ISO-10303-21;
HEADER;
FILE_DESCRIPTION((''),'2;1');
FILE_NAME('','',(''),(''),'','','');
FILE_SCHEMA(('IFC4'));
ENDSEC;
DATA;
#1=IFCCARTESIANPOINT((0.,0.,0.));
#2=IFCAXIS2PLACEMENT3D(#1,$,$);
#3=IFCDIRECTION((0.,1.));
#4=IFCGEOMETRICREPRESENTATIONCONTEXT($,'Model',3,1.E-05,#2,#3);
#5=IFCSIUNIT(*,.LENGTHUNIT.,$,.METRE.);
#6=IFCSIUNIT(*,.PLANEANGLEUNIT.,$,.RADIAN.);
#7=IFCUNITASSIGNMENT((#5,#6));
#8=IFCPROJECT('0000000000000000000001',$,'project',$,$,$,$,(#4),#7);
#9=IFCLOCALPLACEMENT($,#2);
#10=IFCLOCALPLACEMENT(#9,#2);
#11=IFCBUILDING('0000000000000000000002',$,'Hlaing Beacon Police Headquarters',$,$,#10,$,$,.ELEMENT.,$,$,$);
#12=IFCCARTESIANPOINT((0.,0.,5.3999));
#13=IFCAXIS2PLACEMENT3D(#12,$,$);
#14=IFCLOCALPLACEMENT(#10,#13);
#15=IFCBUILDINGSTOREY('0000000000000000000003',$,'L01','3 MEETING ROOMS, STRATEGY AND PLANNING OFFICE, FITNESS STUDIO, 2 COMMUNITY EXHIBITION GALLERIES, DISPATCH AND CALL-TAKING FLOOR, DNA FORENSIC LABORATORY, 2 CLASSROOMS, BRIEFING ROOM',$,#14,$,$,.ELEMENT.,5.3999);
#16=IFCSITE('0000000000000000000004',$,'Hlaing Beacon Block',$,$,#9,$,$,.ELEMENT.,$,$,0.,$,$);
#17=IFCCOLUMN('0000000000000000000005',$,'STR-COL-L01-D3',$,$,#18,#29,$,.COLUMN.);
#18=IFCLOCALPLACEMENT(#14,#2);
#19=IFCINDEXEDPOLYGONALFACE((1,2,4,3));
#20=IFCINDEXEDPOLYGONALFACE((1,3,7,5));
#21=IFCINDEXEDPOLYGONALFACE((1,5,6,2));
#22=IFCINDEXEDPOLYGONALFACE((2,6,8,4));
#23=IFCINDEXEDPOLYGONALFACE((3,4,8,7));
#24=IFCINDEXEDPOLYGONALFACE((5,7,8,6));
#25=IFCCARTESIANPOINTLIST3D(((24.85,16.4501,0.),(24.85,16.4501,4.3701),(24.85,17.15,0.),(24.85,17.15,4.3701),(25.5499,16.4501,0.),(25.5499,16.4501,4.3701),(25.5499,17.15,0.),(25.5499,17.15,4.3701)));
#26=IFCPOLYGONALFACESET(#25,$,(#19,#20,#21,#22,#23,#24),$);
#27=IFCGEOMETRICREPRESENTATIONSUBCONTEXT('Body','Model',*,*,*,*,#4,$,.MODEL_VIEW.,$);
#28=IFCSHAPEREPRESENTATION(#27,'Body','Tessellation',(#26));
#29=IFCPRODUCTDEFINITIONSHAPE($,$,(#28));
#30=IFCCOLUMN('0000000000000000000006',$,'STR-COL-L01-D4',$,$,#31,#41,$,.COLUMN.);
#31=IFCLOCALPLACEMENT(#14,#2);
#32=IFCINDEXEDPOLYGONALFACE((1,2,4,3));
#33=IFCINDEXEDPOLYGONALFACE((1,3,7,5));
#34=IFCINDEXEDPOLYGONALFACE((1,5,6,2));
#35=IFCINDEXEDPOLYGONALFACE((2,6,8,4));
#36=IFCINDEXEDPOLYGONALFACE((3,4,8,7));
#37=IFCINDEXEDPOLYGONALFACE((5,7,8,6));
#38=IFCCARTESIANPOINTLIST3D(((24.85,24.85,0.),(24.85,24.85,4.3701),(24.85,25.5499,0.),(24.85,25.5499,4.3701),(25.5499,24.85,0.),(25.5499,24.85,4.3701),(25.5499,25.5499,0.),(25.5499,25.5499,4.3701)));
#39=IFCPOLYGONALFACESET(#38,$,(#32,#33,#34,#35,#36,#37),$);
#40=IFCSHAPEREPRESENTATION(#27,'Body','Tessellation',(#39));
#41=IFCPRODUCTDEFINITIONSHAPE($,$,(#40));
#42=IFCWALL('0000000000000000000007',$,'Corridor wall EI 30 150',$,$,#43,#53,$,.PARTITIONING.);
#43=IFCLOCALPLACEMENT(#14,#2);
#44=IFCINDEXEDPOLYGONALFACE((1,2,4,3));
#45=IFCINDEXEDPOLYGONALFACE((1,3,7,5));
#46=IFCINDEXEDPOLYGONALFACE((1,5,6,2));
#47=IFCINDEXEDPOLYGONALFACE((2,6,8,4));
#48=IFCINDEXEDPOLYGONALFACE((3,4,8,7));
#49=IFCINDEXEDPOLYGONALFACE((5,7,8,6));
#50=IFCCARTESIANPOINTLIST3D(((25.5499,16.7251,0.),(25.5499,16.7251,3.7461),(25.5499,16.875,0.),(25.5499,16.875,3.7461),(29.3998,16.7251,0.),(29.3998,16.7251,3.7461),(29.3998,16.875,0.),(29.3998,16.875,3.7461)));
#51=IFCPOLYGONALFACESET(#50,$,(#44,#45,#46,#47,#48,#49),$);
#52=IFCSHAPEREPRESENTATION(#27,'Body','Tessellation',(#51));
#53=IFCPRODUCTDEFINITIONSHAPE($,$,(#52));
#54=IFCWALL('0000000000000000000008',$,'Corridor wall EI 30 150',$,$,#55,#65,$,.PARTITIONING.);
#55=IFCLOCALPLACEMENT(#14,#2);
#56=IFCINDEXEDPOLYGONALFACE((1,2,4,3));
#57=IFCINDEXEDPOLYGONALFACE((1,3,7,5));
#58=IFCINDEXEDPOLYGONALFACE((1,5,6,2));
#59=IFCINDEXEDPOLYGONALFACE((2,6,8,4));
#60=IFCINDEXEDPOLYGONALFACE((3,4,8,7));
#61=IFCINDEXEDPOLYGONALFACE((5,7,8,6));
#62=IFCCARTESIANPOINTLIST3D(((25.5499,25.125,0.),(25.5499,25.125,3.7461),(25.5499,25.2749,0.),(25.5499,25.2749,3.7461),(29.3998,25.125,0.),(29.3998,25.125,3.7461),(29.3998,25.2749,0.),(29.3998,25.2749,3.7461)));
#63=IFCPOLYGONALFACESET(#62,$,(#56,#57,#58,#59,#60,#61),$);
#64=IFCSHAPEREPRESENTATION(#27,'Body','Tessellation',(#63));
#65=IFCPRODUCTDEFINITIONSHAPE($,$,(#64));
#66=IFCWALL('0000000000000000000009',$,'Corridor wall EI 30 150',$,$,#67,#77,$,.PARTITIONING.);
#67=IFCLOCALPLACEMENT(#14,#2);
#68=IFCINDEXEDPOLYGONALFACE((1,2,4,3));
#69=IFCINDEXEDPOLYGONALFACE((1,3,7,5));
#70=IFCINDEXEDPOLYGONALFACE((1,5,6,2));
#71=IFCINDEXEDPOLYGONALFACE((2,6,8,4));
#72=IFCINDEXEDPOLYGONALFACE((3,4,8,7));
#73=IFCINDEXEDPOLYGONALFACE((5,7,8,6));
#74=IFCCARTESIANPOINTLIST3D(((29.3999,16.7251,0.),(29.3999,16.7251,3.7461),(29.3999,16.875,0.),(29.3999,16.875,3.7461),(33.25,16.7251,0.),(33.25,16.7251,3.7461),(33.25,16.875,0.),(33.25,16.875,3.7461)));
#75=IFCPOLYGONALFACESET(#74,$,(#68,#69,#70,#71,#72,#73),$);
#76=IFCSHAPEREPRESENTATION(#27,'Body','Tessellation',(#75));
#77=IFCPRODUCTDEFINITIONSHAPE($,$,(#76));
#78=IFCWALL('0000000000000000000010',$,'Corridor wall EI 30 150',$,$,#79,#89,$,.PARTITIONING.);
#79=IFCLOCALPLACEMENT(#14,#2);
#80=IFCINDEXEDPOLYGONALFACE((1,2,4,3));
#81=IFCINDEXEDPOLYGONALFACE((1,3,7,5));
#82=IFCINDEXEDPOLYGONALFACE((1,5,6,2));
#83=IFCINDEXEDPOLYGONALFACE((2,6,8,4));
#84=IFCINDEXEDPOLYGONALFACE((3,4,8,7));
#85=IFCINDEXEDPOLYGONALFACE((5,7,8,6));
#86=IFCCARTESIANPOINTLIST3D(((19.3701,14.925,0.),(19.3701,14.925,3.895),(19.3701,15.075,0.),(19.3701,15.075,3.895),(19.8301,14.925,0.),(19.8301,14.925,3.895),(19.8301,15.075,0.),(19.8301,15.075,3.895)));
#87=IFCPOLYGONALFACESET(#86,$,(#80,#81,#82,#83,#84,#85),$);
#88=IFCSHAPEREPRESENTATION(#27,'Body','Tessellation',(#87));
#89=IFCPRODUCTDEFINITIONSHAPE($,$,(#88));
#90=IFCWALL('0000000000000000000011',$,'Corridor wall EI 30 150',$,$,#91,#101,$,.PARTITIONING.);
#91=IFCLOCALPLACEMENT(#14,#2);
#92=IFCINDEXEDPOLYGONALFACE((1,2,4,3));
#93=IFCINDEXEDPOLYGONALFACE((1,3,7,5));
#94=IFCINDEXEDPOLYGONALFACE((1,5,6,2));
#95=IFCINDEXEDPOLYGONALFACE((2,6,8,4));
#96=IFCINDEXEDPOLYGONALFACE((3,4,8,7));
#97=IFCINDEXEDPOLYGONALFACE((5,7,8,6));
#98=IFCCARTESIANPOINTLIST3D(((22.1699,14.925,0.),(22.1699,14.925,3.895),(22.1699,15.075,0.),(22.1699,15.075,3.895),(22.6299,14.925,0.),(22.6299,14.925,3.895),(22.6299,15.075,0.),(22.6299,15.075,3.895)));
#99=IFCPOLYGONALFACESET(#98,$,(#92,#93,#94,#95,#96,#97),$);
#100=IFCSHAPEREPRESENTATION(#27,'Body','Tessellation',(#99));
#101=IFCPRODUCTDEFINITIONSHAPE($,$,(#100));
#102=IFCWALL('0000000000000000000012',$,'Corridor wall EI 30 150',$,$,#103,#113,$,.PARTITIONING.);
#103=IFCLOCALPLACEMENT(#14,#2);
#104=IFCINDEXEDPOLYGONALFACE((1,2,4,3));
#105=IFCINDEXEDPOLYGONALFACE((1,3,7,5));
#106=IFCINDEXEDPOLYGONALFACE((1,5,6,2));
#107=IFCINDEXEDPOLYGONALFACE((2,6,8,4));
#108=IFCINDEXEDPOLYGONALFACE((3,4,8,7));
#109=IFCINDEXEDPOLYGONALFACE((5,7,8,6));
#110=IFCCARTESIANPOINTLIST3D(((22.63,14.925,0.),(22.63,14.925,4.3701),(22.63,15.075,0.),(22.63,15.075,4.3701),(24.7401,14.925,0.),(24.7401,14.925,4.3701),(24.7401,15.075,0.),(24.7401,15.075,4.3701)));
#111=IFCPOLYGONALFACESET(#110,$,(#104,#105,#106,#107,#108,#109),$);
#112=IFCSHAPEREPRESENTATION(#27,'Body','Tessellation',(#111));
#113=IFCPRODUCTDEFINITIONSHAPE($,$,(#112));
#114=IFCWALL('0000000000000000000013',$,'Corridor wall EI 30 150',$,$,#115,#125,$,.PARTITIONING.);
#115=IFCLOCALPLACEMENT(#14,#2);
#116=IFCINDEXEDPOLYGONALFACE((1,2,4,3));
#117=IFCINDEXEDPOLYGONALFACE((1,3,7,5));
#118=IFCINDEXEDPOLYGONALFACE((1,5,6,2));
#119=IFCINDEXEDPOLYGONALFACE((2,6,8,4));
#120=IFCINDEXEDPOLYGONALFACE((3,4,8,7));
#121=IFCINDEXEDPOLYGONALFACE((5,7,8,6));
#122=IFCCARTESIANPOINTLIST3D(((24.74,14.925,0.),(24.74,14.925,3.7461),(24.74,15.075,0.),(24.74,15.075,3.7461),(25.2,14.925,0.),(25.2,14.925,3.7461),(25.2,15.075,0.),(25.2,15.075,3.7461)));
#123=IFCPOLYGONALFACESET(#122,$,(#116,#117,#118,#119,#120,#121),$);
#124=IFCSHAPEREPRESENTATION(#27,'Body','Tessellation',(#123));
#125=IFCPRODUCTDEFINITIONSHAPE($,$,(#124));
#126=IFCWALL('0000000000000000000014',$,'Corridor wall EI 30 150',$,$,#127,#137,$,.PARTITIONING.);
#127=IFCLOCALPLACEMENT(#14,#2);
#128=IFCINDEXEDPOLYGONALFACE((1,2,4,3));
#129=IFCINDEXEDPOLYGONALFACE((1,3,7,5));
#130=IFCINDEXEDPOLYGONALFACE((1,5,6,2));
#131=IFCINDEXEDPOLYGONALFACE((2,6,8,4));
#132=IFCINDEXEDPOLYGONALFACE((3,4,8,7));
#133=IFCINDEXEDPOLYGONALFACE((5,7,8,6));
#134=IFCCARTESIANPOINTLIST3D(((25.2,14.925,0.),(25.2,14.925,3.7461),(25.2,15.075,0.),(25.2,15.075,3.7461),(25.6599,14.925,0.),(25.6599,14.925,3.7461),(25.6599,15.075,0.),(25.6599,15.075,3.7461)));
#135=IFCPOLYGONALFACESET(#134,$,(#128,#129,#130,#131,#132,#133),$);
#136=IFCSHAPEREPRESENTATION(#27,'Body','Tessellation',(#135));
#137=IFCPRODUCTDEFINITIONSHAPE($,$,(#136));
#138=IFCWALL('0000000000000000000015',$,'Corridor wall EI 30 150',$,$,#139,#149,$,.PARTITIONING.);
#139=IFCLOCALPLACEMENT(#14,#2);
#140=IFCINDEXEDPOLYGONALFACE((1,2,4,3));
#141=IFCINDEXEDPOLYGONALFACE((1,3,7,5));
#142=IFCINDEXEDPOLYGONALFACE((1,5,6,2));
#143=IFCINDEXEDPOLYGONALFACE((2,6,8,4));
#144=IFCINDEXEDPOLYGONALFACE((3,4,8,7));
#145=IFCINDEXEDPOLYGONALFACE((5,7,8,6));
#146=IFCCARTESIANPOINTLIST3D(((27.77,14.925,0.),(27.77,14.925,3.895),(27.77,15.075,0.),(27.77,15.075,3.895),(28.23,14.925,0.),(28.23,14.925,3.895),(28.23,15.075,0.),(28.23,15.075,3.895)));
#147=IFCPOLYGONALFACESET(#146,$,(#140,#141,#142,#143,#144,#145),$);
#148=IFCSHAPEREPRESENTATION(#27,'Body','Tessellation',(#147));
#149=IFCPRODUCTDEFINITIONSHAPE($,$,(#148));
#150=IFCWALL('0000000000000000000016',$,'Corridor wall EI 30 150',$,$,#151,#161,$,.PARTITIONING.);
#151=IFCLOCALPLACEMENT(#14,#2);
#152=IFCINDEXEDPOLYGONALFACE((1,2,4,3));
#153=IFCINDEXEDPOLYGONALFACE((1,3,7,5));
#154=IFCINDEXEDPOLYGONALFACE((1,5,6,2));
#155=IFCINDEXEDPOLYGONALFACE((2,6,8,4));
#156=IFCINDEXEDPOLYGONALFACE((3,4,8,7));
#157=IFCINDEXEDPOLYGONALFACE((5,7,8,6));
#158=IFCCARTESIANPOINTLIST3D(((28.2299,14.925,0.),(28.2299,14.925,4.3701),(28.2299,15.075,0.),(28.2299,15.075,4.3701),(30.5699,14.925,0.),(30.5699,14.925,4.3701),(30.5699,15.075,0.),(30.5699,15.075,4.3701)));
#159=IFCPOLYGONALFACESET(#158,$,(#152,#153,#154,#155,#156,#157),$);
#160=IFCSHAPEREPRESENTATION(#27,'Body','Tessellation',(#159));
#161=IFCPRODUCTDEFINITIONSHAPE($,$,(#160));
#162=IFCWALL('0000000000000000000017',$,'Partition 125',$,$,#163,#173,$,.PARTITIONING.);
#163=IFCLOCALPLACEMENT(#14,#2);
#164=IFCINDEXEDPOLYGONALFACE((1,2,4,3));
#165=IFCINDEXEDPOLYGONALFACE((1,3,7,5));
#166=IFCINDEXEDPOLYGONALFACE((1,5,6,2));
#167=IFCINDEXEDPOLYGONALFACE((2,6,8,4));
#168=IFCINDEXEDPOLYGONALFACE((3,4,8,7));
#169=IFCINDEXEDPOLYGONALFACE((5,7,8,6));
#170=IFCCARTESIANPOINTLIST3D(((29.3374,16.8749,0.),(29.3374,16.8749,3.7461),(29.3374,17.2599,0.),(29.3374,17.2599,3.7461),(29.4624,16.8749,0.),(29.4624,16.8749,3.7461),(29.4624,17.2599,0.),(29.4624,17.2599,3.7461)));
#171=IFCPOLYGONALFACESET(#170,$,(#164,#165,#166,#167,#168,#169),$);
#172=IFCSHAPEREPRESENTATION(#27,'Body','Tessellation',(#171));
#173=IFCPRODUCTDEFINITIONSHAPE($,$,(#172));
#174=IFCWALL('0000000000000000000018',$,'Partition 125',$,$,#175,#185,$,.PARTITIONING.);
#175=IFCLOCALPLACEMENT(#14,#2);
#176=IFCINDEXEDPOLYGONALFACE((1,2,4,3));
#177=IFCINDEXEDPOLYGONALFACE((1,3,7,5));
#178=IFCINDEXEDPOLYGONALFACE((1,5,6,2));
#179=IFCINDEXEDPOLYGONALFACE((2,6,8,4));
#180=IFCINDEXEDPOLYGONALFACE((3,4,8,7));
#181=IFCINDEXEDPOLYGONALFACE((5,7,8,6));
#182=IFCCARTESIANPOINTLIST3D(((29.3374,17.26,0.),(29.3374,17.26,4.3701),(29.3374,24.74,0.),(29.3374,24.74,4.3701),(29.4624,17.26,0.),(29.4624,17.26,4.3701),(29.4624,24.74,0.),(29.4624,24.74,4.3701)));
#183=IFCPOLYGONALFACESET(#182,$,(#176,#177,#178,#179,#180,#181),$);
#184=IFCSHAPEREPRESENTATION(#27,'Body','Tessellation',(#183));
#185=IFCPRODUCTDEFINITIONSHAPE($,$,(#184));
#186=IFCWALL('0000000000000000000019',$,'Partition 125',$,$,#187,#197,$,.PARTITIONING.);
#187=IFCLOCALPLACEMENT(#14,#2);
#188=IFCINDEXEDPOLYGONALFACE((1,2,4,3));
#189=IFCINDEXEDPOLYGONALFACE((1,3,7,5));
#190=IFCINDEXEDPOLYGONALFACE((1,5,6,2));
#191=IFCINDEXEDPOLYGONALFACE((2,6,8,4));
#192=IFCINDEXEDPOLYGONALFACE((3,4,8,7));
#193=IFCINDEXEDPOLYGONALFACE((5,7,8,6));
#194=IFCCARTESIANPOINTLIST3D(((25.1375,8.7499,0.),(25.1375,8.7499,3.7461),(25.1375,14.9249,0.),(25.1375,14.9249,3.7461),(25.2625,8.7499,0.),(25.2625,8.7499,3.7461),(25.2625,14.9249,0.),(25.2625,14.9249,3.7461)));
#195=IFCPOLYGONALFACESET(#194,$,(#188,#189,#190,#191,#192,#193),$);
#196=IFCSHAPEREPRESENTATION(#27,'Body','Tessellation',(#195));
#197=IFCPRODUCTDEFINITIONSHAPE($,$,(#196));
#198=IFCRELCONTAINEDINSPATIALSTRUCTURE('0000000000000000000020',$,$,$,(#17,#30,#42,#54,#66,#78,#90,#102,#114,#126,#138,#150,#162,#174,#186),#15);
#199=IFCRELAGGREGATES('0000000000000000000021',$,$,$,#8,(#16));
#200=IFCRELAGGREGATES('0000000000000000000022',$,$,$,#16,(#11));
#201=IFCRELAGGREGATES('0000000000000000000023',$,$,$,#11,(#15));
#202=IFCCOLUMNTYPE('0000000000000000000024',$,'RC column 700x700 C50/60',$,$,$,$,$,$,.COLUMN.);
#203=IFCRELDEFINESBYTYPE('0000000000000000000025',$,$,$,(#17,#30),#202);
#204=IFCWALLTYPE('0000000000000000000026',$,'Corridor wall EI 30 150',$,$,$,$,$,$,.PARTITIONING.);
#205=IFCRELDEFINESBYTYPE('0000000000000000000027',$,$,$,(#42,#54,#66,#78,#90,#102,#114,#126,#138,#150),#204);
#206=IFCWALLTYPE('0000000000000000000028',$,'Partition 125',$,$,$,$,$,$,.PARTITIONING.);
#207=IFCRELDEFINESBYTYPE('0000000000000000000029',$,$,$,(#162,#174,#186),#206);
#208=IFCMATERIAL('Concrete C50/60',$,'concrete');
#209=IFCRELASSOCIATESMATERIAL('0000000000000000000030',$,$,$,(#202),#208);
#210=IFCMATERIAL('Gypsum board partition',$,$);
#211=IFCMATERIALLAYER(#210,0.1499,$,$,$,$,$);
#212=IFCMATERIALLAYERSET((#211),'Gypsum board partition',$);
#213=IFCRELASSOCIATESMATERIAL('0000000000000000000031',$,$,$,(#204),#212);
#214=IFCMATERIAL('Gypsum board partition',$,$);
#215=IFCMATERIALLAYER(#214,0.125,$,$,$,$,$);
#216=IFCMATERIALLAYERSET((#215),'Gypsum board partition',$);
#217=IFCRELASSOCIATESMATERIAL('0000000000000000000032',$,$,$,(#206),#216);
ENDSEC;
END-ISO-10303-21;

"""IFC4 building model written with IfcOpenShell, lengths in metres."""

from ifc_helpers import new_model, si_unit, direction, frame, frame_2d, origin, origin_2d, place, context, subcontext, project, spatial, rectangle, extrude, material, layer, layer_set, material_profile, profile_set, type_object, element, save


model = new_model("IFC4")

# Units and contexts
model_context = context("Model", 3, precision=1e-05, world=origin(), true_north=direction((0.0, 1.0)))
body_context = subcontext(model_context, "Body", "Model", "MODEL_VIEW")
ifc_project = project(units=[si_unit("LENGTHUNIT", "METRE"), si_unit("PLANEANGLEUNIT", "RADIAN")], contexts=[model_context])

# Site, building, storey
site_placement = place(None, origin())
site = spatial("IfcSite", under=ifc_project, at=site_placement, Name="Hlaing Beacon Block", CompositionType="ELEMENT", RefElevation=0.0)
building_placement = place(site_placement, origin())
building = spatial("IfcBuilding", under=site, at=building_placement, Name="Hlaing Beacon Police Headquarters", CompositionType="ELEMENT")
storey_placement = place(building_placement, frame((0.0, 0.0, 5.3999)))
storey = spatial("IfcBuildingStorey", under=building, at=storey_placement, Name="L01", Description="3 MEETING ROOMS, STRATEGY AND PLANNING OFFICE, FITNESS STUDIO, 2 COMMUNITY EXHIBITION GALLERIES, DISPATCH AND CALL-TAKING FLOOR, DNA FORENSIC LABORATORY, 2 CLASSROOMS, BRIEFING ROOM", CompositionType="ELEMENT", Elevation=5.3999)

# Columns
ifc_material_1 = material(Name="Concrete C50/60", Category="concrete")
ifc_material_profile = material_profile(ifc_material_1, rectangle(XDim=0.7, YDim=0.7, at=origin_2d()), Name="700x700")
ifc_profile_set = profile_set([ifc_material_profile], Name="Concrete C50/60")
column_type = type_object("IfcColumnType", Name="RC column 700x700 C50/60", PredefinedType="COLUMN", material=ifc_profile_set)
for number, where, z_axis, x_axis, name in (
    (1, (25.2, 16.8, 0.0), (0.0, 0.0, 1.0), (1.0, 0.0, 0.0), "STR-COL-L01-D3"),
    (2, (25.2, 25.2, 0.0), (0.0, 0.0, 1.0), (1.0, 0.0, 0.0), "STR-COL-L01-D4"),
):
    element("IfcColumn", number, at=place(storey_placement, frame(where, z_axis=z_axis, x_axis=x_axis)), inside=storey, type_object=column_type, Name=name, PredefinedType="COLUMN", context=body_context, shape_type="SweptSolid", body=[
        extrude(rectangle(XDim=0.7, YDim=0.7, at=origin_2d()), origin(), (0.0, 0.0, 1.0), 4.3701),
    ])

# Walls
ifc_material_2 = material(Name="Gypsum board partition")
ifc_layer_1 = layer(ifc_material_2, 0.1499)
ifc_layer_set_1 = layer_set([ifc_layer_1], Name="Gypsum board partition")
wall_type_1 = type_object("IfcWallType", Name="Corridor wall EI 30 150", PredefinedType="PARTITIONING", material=ifc_layer_set_1)
for number, where, z_axis, x_axis, name in (
    (3, (25.55, 16.8, 0.0), (0.0, 0.0, 1.0), (1.0, 0.0, 0.0), "Corridor wall EI 30 150"),
    (4, (25.55, 25.2, 0.0), (0.0, 0.0, 1.0), (1.0, 0.0, 0.0), "Corridor wall EI 30 150"),
):
    element("IfcWall", number, at=place(storey_placement, frame(where, z_axis=z_axis, x_axis=x_axis)), inside=storey, type_object=wall_type_1, Name=name, PredefinedType="PARTITIONING", context=body_context, shape_type="SweptSolid", body=[
        extrude(rectangle(XDim=3.8499, YDim=0.1499, at=frame_2d((1.9248, 0.0))), origin(), (0.0, 0.0, 1.0), 3.7461),
    ])
wall_1_placement = place(storey_placement, frame((29.3999, 16.8, 0.0), z_axis=(0.0, 0.0, 1.0), x_axis=(1.0, 0.0, 0.0)))
element("IfcWall", 5, at=wall_1_placement, inside=storey, type_object=wall_type_1, Name="Corridor wall EI 30 150", PredefinedType="PARTITIONING", context=body_context, shape_type="SweptSolid", body=[
    extrude(rectangle(XDim=3.8501, YDim=0.1499, at=frame_2d((1.925, 0.0))), origin(), (0.0, 0.0, 1.0), 3.7461),
])
wall_2_placement = place(storey_placement, frame((19.3701, 15.0, 0.0), z_axis=(0.0, 0.0, 1.0), x_axis=(1.0, 0.0, 0.0)))
element("IfcWall", 6, at=wall_2_placement, inside=storey, type_object=wall_type_1, Name="Corridor wall EI 30 150", PredefinedType="PARTITIONING", context=body_context, shape_type="SweptSolid", body=[
    extrude(rectangle(XDim=0.46, YDim=0.1499, at=frame_2d((0.23, 0.0))), origin(), (0.0, 0.0, 1.0), 3.895),
])

# Walls
wall_3_placement = place(storey_placement, frame((22.1699, 15.0, 0.0), z_axis=(0.0, 0.0, 1.0), x_axis=(1.0, 0.0, 0.0)))
element("IfcWall", 7, at=wall_3_placement, inside=storey, type_object=wall_type_1, Name="Corridor wall EI 30 150", PredefinedType="PARTITIONING", context=body_context, shape_type="SweptSolid", body=[
    extrude(rectangle(XDim=0.46, YDim=0.1499, at=frame_2d((0.23, 0.0))), origin(), (0.0, 0.0, 1.0), 3.895),
])
wall_4_placement = place(storey_placement, frame((22.6299, 15.0, 0.0), z_axis=(0.0, 0.0, 1.0), x_axis=(1.0, 0.0, 0.0)))
element("IfcWall", 8, at=wall_4_placement, inside=storey, type_object=wall_type_1, Name="Corridor wall EI 30 150", PredefinedType="PARTITIONING", context=body_context, shape_type="SweptSolid", body=[
    extrude(rectangle(XDim=2.1101, YDim=0.1499, at=frame_2d((1.0552, 0.0))), origin(), (0.0, 0.0, 1.0), 4.3701),
])
for number, where, z_axis, x_axis, name in (
    (9, (24.74, 15.0, 0.0), (0.0, 0.0, 1.0), (1.0, 0.0, 0.0), "Corridor wall EI 30 150"),
    (10, (25.2, 15.0, 0.0), (0.0, 0.0, 1.0), (1.0, 0.0, 0.0), "Corridor wall EI 30 150"),
):
    element("IfcWall", number, at=place(storey_placement, frame(where, z_axis=z_axis, x_axis=x_axis)), inside=storey, type_object=wall_type_1, Name=name, PredefinedType="PARTITIONING", context=body_context, shape_type="SweptSolid", body=[
        extrude(rectangle(XDim=0.46, YDim=0.1499, at=frame_2d((0.23, 0.0))), origin(), (0.0, 0.0, 1.0), 3.7461),
    ])

# Walls
wall_5_placement = place(storey_placement, frame((27.77, 15.0, 0.0), z_axis=(0.0, 0.0, 1.0), x_axis=(1.0, 0.0, 0.0)))
element("IfcWall", 11, at=wall_5_placement, inside=storey, type_object=wall_type_1, Name="Corridor wall EI 30 150", PredefinedType="PARTITIONING", context=body_context, shape_type="SweptSolid", body=[
    extrude(rectangle(XDim=0.46, YDim=0.1499, at=frame_2d((0.23, 0.0))), origin(), (0.0, 0.0, 1.0), 3.895),
])
wall_6_placement = place(storey_placement, frame((28.23, 15.0, 0.0), z_axis=(0.0, 0.0, 1.0), x_axis=(1.0, 0.0, 0.0)))
element("IfcWall", 12, at=wall_6_placement, inside=storey, type_object=wall_type_1, Name="Corridor wall EI 30 150", PredefinedType="PARTITIONING", context=body_context, shape_type="SweptSolid", body=[
    extrude(rectangle(XDim=2.3401, YDim=0.1499, at=frame_2d((1.1699, 0.0))), origin(), (0.0, 0.0, 1.0), 4.3701),
])
ifc_material_3 = material(Name="Gypsum board partition")
ifc_layer_2 = layer(ifc_material_3, 0.125)
ifc_layer_set_2 = layer_set([ifc_layer_2], Name="Gypsum board partition")
wall_type_2 = type_object("IfcWallType", Name="Partition 125", PredefinedType="PARTITIONING", material=ifc_layer_set_2)
wall_7_placement = place(storey_placement, frame((29.3999, 16.875, 0.0), z_axis=(0.0, 0.0, 1.0), x_axis=(0.0, 1.0, 0.0)))
element("IfcWall", 13, at=wall_7_placement, inside=storey, type_object=wall_type_2, Name="Partition 125", PredefinedType="PARTITIONING", context=body_context, shape_type="SweptSolid", body=[
    extrude(rectangle(XDim=0.385, YDim=0.125, at=frame_2d((0.1924, 0.0))), origin(), (0.0, 0.0, 1.0), 3.7461),
])
wall_8_placement = place(storey_placement, frame((29.3999, 17.26, 0.0), z_axis=(0.0, 0.0, 1.0), x_axis=(0.0, 1.0, 0.0)))
element("IfcWall", 14, at=wall_8_placement, inside=storey, type_object=wall_type_2, Name="Partition 125", PredefinedType="PARTITIONING", context=body_context, shape_type="SweptSolid", body=[
    extrude(rectangle(XDim=7.48, YDim=0.125, at=frame_2d((3.74, 0.0))), origin(), (0.0, 0.0, 1.0), 4.3701),
])
wall_9_placement = place(storey_placement, frame((25.2, 8.75, 0.0), z_axis=(0.0, 0.0, 1.0), x_axis=(0.0, 1.0, 0.0)))
element("IfcWall", 15, at=wall_9_placement, inside=storey, type_object=wall_type_2, Name="Partition 125", PredefinedType="PARTITIONING", context=body_context, shape_type="SweptSolid", body=[
    extrude(rectangle(XDim=6.175, YDim=0.125, at=frame_2d((3.0874, 0.0))), origin(), (0.0, 0.0, 1.0), 3.7461),
])

save(model, "model.ifc")
